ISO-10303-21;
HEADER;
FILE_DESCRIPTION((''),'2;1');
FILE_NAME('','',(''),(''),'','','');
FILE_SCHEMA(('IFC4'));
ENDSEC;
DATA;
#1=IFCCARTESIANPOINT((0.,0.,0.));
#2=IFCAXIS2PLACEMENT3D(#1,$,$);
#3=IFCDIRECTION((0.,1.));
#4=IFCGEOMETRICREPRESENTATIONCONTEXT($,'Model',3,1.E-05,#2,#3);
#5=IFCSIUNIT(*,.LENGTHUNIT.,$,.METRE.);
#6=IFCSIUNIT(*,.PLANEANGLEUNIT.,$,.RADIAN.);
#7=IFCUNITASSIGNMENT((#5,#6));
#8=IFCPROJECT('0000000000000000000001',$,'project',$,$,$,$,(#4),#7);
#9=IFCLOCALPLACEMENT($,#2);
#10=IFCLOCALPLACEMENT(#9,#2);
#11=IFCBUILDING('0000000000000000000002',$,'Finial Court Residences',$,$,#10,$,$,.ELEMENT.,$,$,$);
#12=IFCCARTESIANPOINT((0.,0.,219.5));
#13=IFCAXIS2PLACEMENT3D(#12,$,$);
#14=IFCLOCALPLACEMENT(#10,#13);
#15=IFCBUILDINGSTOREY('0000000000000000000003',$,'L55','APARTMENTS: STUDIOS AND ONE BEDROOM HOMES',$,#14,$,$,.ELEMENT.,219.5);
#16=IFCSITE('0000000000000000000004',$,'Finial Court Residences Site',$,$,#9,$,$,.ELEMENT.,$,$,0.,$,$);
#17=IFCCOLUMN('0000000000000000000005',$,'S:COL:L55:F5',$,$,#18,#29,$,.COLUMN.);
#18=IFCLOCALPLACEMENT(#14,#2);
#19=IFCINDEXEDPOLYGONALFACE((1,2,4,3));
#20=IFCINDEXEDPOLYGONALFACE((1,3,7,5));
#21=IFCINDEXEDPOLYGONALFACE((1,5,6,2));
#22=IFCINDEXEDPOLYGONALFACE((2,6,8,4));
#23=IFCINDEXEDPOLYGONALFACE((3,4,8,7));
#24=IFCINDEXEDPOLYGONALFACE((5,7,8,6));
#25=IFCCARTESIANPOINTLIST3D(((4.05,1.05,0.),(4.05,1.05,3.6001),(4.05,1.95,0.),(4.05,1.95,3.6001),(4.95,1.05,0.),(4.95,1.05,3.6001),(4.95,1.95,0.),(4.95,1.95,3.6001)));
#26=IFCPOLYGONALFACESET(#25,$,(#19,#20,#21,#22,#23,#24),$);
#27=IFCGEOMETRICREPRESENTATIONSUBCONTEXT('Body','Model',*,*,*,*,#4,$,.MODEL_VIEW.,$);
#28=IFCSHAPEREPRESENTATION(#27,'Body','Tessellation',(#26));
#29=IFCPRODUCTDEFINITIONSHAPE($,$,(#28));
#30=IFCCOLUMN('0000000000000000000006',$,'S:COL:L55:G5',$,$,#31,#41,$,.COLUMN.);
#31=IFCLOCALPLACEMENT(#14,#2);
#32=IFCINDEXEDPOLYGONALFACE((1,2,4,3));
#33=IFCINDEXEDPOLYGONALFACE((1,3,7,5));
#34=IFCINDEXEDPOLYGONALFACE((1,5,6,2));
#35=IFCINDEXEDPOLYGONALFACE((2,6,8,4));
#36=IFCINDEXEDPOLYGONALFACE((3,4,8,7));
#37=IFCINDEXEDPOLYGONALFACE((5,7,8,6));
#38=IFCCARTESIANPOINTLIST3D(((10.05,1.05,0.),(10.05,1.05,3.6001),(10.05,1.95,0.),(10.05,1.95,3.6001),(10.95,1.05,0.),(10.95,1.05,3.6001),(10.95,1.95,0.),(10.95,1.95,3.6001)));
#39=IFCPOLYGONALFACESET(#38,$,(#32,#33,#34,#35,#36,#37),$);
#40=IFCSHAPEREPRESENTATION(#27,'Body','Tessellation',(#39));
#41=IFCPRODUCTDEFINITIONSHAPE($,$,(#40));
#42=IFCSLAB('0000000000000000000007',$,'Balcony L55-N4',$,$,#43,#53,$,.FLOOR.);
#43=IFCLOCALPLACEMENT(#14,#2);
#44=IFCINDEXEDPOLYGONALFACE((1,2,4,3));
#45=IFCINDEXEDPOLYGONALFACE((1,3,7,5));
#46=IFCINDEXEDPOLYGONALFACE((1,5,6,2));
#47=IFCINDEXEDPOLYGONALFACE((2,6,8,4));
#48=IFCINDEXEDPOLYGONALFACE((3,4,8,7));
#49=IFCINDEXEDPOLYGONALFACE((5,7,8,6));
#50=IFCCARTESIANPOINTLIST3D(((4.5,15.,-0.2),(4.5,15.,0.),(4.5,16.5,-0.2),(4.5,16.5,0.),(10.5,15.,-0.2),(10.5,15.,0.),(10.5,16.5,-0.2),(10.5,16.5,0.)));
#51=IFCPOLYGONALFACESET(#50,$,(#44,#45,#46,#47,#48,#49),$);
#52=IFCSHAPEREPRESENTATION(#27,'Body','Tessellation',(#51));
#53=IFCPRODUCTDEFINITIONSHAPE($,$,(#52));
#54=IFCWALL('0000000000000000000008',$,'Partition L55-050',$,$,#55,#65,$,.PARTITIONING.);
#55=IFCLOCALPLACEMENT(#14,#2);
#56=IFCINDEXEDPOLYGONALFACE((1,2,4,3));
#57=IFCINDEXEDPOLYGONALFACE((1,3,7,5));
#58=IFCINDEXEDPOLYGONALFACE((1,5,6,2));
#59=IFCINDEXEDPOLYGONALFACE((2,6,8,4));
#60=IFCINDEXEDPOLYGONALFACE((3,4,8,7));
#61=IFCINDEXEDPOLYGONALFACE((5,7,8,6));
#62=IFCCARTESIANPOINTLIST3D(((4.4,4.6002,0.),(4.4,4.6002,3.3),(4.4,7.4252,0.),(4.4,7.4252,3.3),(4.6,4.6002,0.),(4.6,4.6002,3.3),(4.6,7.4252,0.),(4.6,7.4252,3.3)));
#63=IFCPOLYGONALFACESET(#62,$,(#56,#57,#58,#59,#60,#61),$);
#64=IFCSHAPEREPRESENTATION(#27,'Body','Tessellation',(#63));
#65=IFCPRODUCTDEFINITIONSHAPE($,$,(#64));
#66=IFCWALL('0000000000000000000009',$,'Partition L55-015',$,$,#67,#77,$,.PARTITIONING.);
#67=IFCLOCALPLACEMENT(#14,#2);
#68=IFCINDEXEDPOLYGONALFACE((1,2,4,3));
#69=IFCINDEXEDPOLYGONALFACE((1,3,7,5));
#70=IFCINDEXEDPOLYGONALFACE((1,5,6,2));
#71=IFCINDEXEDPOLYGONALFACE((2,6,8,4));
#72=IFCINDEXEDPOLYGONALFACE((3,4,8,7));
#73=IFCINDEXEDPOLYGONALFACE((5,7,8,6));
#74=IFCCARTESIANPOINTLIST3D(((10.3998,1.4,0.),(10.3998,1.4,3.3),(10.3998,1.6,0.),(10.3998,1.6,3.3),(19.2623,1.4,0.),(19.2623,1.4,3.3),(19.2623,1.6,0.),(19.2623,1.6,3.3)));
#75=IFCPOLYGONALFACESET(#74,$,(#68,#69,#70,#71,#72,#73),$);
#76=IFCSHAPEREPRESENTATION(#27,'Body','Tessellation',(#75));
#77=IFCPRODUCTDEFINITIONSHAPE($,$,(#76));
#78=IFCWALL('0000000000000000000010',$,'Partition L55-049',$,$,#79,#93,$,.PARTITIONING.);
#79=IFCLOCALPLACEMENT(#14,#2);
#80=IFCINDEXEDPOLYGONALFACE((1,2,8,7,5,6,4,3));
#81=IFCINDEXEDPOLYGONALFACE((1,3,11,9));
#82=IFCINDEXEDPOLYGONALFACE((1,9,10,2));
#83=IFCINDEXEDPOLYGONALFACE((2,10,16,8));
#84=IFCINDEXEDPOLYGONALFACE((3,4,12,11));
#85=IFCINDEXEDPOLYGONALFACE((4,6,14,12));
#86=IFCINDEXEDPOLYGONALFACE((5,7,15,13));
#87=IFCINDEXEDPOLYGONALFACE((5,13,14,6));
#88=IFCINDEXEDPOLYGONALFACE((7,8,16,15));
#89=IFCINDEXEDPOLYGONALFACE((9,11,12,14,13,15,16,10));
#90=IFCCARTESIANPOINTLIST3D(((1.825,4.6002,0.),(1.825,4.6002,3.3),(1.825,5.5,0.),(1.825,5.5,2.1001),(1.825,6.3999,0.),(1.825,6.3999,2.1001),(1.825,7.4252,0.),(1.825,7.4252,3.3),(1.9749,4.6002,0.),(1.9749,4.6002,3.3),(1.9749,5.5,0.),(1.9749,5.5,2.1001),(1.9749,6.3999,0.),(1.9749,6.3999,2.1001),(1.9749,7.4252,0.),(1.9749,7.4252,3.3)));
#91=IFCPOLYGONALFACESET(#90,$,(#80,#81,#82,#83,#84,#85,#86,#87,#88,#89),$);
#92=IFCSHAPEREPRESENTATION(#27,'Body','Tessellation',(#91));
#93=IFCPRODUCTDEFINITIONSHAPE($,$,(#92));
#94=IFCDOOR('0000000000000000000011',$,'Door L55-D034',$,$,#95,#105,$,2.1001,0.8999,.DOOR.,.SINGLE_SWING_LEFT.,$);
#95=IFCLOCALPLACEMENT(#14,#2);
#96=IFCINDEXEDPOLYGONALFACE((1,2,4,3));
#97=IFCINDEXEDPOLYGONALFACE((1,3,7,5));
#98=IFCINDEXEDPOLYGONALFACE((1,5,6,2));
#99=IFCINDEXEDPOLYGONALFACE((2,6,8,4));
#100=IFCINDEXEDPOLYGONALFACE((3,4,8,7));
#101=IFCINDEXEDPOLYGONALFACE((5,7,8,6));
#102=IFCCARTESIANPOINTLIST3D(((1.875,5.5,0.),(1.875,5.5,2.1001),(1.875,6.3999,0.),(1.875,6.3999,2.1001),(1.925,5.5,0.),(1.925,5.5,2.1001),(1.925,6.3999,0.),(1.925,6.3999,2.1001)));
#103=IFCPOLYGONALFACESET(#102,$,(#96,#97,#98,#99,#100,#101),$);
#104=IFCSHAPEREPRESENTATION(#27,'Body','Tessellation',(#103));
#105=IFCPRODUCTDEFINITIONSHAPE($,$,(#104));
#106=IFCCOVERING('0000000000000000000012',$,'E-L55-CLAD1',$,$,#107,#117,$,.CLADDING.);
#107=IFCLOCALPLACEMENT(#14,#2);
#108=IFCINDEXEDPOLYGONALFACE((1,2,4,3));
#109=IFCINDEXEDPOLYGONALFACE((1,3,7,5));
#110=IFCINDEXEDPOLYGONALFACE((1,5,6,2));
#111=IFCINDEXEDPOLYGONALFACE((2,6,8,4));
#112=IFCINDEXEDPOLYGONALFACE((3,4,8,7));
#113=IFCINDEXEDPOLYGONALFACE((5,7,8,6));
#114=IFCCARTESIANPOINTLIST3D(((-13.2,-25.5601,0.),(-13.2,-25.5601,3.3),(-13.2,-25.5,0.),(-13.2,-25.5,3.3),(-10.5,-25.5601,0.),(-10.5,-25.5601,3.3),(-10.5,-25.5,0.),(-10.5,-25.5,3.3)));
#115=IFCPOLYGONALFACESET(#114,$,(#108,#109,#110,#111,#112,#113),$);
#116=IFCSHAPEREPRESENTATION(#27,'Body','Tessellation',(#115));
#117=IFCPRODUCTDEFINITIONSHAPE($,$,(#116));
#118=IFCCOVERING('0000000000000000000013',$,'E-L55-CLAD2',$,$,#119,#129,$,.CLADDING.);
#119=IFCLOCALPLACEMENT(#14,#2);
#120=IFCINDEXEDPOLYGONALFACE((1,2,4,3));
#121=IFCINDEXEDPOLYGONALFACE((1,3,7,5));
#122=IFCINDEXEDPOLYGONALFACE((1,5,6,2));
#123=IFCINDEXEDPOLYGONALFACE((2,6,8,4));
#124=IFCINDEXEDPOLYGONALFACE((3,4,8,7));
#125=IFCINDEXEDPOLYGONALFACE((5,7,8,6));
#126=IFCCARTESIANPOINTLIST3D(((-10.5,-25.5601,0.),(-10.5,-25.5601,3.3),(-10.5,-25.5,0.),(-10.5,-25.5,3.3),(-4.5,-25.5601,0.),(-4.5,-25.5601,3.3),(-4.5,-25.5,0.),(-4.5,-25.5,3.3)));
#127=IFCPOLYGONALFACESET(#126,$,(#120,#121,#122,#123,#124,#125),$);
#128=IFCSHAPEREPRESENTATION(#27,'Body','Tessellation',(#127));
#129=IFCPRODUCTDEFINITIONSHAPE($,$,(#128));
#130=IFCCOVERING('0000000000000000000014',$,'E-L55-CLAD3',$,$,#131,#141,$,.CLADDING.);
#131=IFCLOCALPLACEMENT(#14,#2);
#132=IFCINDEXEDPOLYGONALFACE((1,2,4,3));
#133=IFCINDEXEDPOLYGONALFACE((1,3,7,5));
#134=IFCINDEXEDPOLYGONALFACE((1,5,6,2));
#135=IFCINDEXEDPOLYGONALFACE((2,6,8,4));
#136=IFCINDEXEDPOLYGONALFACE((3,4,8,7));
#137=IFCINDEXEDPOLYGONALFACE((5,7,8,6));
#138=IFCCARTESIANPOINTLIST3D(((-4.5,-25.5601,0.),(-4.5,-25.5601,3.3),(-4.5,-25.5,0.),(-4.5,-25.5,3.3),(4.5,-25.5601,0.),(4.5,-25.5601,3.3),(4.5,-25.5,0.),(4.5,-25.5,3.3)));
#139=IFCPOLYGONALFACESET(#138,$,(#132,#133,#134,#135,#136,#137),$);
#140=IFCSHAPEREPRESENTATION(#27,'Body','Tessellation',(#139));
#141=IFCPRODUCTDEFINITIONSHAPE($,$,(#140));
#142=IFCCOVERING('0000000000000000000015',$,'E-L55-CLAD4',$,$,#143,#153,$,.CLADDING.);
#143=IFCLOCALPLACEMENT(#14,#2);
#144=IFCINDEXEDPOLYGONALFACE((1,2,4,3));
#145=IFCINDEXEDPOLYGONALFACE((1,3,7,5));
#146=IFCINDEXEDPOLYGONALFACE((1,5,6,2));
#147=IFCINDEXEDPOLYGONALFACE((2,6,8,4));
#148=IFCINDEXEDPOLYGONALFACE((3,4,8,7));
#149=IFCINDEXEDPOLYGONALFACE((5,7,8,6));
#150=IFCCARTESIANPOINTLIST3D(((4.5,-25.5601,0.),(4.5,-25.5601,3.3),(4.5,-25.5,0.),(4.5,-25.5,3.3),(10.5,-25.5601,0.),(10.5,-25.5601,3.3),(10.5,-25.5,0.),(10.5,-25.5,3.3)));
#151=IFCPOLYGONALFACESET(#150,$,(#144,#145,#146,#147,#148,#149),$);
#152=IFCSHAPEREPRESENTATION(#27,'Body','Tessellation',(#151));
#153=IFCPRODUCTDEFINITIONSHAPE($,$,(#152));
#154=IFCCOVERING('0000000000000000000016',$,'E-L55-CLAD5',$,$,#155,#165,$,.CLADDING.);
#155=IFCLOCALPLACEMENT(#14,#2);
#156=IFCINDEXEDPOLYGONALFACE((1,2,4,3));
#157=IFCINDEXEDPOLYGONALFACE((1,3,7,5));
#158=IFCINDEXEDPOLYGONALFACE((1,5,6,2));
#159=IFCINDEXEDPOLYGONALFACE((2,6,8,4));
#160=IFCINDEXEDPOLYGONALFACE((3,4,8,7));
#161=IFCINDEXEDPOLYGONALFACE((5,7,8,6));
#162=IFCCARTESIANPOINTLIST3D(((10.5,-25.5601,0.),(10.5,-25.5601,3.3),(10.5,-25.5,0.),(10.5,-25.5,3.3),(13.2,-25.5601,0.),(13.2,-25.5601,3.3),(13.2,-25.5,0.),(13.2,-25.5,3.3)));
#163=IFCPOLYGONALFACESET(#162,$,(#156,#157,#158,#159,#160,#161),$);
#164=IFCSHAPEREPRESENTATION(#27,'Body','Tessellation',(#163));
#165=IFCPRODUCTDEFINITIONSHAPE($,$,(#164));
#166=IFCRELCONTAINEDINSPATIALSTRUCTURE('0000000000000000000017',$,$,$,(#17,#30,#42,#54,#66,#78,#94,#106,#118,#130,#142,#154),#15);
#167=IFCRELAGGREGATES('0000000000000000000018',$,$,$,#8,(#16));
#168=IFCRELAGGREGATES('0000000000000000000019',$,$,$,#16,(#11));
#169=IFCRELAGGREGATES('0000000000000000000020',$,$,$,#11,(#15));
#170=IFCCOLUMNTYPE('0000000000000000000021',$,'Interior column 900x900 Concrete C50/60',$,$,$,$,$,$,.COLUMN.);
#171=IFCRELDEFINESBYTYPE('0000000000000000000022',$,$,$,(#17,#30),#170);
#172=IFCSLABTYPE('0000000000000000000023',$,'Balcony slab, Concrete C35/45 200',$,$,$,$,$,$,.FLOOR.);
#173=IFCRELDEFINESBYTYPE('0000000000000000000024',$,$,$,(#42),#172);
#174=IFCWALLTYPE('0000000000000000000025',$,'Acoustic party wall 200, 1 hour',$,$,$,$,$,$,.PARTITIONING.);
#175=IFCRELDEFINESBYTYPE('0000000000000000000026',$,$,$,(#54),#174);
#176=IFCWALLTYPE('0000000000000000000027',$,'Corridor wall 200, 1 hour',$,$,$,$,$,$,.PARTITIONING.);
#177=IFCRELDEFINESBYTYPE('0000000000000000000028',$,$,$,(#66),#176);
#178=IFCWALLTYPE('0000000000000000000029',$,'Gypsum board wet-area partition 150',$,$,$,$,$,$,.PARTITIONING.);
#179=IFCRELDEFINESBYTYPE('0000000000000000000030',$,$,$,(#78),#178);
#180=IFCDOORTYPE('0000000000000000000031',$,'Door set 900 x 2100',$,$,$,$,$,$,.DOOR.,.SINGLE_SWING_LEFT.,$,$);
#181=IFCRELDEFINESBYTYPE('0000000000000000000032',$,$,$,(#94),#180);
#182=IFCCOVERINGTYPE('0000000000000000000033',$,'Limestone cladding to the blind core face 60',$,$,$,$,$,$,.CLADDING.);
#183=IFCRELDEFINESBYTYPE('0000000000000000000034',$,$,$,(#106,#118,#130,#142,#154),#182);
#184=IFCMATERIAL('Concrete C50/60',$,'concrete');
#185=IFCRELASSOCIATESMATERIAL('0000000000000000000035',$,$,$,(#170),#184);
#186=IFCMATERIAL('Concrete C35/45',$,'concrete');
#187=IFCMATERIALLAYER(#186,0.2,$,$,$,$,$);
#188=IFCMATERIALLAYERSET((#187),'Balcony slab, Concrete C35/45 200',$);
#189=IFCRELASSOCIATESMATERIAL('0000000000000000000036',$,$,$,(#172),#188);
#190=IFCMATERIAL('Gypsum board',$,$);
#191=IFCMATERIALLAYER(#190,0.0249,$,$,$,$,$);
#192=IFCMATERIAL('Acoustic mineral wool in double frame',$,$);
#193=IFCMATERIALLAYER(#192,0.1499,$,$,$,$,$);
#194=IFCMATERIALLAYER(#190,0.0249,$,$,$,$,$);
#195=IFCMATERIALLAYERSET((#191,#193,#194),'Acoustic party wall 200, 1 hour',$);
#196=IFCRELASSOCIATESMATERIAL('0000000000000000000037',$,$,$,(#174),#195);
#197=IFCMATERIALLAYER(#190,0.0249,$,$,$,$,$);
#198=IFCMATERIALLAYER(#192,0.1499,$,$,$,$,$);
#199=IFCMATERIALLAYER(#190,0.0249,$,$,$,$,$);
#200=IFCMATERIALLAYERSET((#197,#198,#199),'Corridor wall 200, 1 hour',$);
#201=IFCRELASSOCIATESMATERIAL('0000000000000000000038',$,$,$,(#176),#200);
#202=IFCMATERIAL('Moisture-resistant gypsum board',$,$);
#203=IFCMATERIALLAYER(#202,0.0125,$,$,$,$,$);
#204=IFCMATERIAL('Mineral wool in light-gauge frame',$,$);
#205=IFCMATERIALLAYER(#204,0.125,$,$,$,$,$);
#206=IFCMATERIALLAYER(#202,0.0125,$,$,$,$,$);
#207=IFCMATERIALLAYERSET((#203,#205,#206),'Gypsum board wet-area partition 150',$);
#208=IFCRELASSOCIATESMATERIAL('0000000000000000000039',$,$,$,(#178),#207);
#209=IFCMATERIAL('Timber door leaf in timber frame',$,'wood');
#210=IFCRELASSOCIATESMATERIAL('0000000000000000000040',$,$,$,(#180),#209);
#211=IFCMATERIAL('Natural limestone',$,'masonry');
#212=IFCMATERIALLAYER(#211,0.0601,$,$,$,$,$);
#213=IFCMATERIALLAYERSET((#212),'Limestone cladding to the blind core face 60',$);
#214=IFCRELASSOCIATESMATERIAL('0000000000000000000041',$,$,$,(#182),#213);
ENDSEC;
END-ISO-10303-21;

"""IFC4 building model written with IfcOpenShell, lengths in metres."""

from ifc_helpers import new_model, si_unit, direction, frame, frame_2d, origin, origin_2d, place, context, subcontext, project, spatial, polyline, rectangle, outline, extrude, material, layer, layer_set, material_profile, profile_set, type_object, element, fill, save


model = new_model("IFC4")

# Units and contexts
model_context = context("Model", 3, precision=1e-05, world=origin(), true_north=direction((0.0, 1.0)))
body_context = subcontext(model_context, "Body", "Model", "MODEL_VIEW")
ifc_project = project(units=[si_unit("LENGTHUNIT", "METRE"), si_unit("PLANEANGLEUNIT", "RADIAN")], contexts=[model_context])

# Site, building, storey
site_placement = place(None, origin())
site = spatial("IfcSite", under=ifc_project, at=site_placement, Name="Finial Court Residences Site", CompositionType="ELEMENT", RefElevation=0.0)
building_placement = place(site_placement, origin())
building = spatial("IfcBuilding", under=site, at=building_placement, Name="Finial Court Residences", CompositionType="ELEMENT")
storey_placement = place(building_placement, frame((0.0, 0.0, 219.5)))
storey = spatial("IfcBuildingStorey", under=building, at=storey_placement, Name="L55", Description="APARTMENTS: STUDIOS AND ONE BEDROOM HOMES", CompositionType="ELEMENT", Elevation=219.5)

# Columns
ifc_material_1 = material(Name="Concrete C50/60", Category="concrete")
ifc_material_profile = material_profile(ifc_material_1, rectangle(XDim=0.8999, YDim=0.8999, at=origin_2d()), Name="900x900")
ifc_profile_set = profile_set([ifc_material_profile], Name="Concrete C50/60")
column_type = type_object("IfcColumnType", Name="Interior column 900x900 Concrete C50/60", PredefinedType="COLUMN", material=ifc_profile_set)
for number, where, z_axis, x_axis, name in (
    (1, (4.5, 1.5, 0.0), (0.0, 0.0, 1.0), (1.0, 0.0, 0.0), "S:COL:L55:F5"),
    (2, (10.5, 1.5, 0.0), (0.0, 0.0, 1.0), (1.0, 0.0, 0.0), "S:COL:L55:G5"),
):
    element("IfcColumn", number, at=place(storey_placement, frame(where, z_axis=z_axis, x_axis=x_axis)), inside=storey, type_object=column_type, Name=name, PredefinedType="COLUMN", context=body_context, shape_type="SweptSolid", body=[
        extrude(rectangle(XDim=0.8999, YDim=0.8999, at=origin_2d()), origin(), (0.0, 0.0, 1.0), 3.6001),
    ])

# Slab
ifc_material_2 = material(Name="Concrete C35/45", Category="concrete")
ifc_layer_1 = layer(ifc_material_2, 0.2)
ifc_layer_set_1 = layer_set([ifc_layer_1], Name="Balcony slab, Concrete C35/45 200")
slab_type = type_object("IfcSlabType", Name="Balcony slab, Concrete C35/45 200", PredefinedType="FLOOR", material=ifc_layer_set_1)
slab_placement = place(storey_placement, frame((0.0, 0.0, -0.2)))
element("IfcSlab", 3, at=slab_placement, inside=storey, type_object=slab_type, Name="Balcony L55-N4", PredefinedType="FLOOR", context=body_context, shape_type="SweptSolid", body=[
    extrude(outline(polyline([(10.5, 15.0), (10.5, 16.5), (4.5, 16.5), (4.5, 15.0), (10.5, 15.0)])), origin(), (0.0, 0.0, 1.0), 0.2),
])

# Walls
ifc_material_3 = material(Name="Gypsum board")
ifc_layer_2 = layer(ifc_material_3, 0.0249)
ifc_material_4 = material(Name="Acoustic mineral wool in double frame")
ifc_layer_3 = layer(ifc_material_4, 0.1499)
ifc_layer_4 = layer(ifc_material_3, 0.0249)
ifc_layer_set_2 = layer_set([ifc_layer_2, ifc_layer_3, ifc_layer_4], Name="Acoustic party wall 200, 1 hour")
wall_type_1 = type_object("IfcWallType", Name="Acoustic party wall 200, 1 hour", PredefinedType="PARTITIONING", material=ifc_layer_set_2)
wall_1_placement = place(storey_placement, frame((4.5, 4.6001, 0.0), z_axis=(0.0, 0.0, 1.0), x_axis=(0.0, 1.0, 0.0)))
element("IfcWall", 4, at=wall_1_placement, inside=storey, type_object=wall_type_1, Name="Partition L55-050", PredefinedType="PARTITIONING", context=body_context, shape_type="SweptSolid", body=[
    extrude(rectangle(XDim=2.825, YDim=0.2, at=frame_2d((1.4126, 0.0))), origin(), (0.0, 0.0, 1.0), 3.3),
])
ifc_layer_5 = layer(ifc_material_3, 0.0249)
ifc_layer_6 = layer(ifc_material_4, 0.1499)
ifc_layer_7 = layer(ifc_material_3, 0.0249)
ifc_layer_set_3 = layer_set([ifc_layer_5, ifc_layer_6, ifc_layer_7], Name="Corridor wall 200, 1 hour")
wall_type_2 = type_object("IfcWallType", Name="Corridor wall 200, 1 hour", PredefinedType="PARTITIONING", material=ifc_layer_set_3)
wall_2_placement = place(storey_placement, frame((10.3999, 1.5, 0.0), z_axis=(0.0, 0.0, 1.0), x_axis=(1.0, 0.0, 0.0)))
element("IfcWall", 5, at=wall_2_placement, inside=storey, type_object=wall_type_2, Name="Partition L55-015", PredefinedType="PARTITIONING", context=body_context, shape_type="SweptSolid", body=[
    extrude(rectangle(XDim=8.8625, YDim=0.2, at=frame_2d((4.4312, 0.0))), origin(), (0.0, 0.0, 1.0), 3.3),
])

# Wall, opening, door
ifc_material_5 = material(Name="Moisture-resistant gypsum board")
ifc_layer_8 = layer(ifc_material_5, 0.0125)
ifc_material_6 = material(Name="Mineral wool in light-gauge frame")
ifc_layer_9 = layer(ifc_material_6, 0.125)
ifc_layer_10 = layer(ifc_material_5, 0.0125)
ifc_layer_set_4 = layer_set([ifc_layer_8, ifc_layer_9, ifc_layer_10], Name="Gypsum board wet-area partition 150")
wall_type_3 = type_object("IfcWallType", Name="Gypsum board wet-area partition 150", PredefinedType="PARTITIONING", material=ifc_layer_set_4)
wall_3_placement = place(storey_placement, frame((1.8999, 4.6001, 0.0), z_axis=(0.0, 0.0, 1.0), x_axis=(0.0, 1.0, 0.0)))
wall_3 = element("IfcWall", 6, at=wall_3_placement, inside=storey, type_object=wall_type_3, Name="Partition L55-049", PredefinedType="PARTITIONING", context=body_context, shape_type="SweptSolid", body=[
    extrude(rectangle(XDim=2.825, YDim=0.1499, at=frame_2d((1.4126, 0.0))), origin(), (0.0, 0.0, 1.0), 3.3),
])
opening_placement = place(wall_3_placement, frame((0.8999, 0.0, 0.0)))
opening = element("IfcOpeningElement", 7, at=opening_placement, cuts=wall_3, PredefinedType="OPENING", context=body_context, shape_type="SweptSolid", body=[
    extrude(rectangle(XDim=0.8999, YDim=2.1001, at=frame_2d((0.45, 1.05))), frame((0.0, 0.085, 0.0), z_axis=(0.0, -1.0, 0.0), x_axis=(1.0, 0.0, 0.0)), (0.0, 0.0, 1.0), 0.1699),
])
ifc_material_7 = material(Name="Timber door leaf in timber frame", Category="wood")
door_type = type_object("IfcDoorType", Name="Door set 900 x 2100", OperationType="SINGLE_SWING_LEFT", PredefinedType="DOOR", material=ifc_material_7)
door_placement = place(opening_placement, origin())
door = element("IfcDoor", 8, at=door_placement, inside=storey, type_object=door_type, Name="Door L55-D034", OperationType="SINGLE_SWING_LEFT", OverallHeight=2.1001, OverallWidth=0.8999, PredefinedType="DOOR", context=body_context, shape_type="SweptSolid", body=[
    extrude(rectangle(XDim=0.8999, YDim=2.1001, at=frame_2d((0.45, 1.05))), frame((0.0, 0.0249, 0.0), z_axis=(0.0, -1.0, 0.0), x_axis=(1.0, 0.0, 0.0)), (0.0, 0.0, 1.0), 0.05),
])
fill(opening, door)

# Coverings
ifc_material_8 = material(Name="Natural limestone", Category="masonry")
ifc_layer_11 = layer(ifc_material_8, 0.0601)
ifc_layer_set_5 = layer_set([ifc_layer_11], Name="Limestone cladding to the blind core face 60")
covering_type_1 = type_object("IfcCoveringType", Name="Limestone cladding to the blind core face 60", PredefinedType="CLADDING", material=ifc_layer_set_5)
covering_1_placement = place(storey_placement, origin())
element("IfcCovering", 9, at=covering_1_placement, inside=storey, type_object=covering_type_1, Name="E-L55-CLAD1", PredefinedType="CLADDING", context=body_context, shape_type="SweptSolid", body=[
    extrude(outline(polyline([(-10.5, -25.5601), (-10.5, -25.5), (-13.2, -25.5), (-13.2, -25.5601), (-10.5, -25.5601)])), origin(), (0.0, 0.0, 1.0), 3.3),
])
covering_2_placement = place(storey_placement, origin())
element("IfcCovering", 10, at=covering_2_placement, inside=storey, type_object=covering_type_1, Name="E-L55-CLAD2", PredefinedType="CLADDING", context=body_context, shape_type="SweptSolid", body=[
    extrude(outline(polyline([(-4.5, -25.5601), (-4.5, -25.5), (-10.5, -25.5), (-10.5, -25.5601), (-4.5, -25.5601)])), origin(), (0.0, 0.0, 1.0), 3.3),
])
covering_3_placement = place(storey_placement, origin())
element("IfcCovering", 11, at=covering_3_placement, inside=storey, type_object=covering_type_1, Name="E-L55-CLAD3", PredefinedType="CLADDING", context=body_context, shape_type="SweptSolid", body=[
    extrude(outline(polyline([(4.5, -25.5601), (4.5, -25.5), (-4.5, -25.5), (-4.5, -25.5601), (4.5, -25.5601)])), origin(), (0.0, 0.0, 1.0), 3.3),
])
covering_4_placement = place(storey_placement, origin())
element("IfcCovering", 12, at=covering_4_placement, inside=storey, type_object=covering_type_1, Name="E-L55-CLAD4", PredefinedType="CLADDING", context=body_context, shape_type="SweptSolid", body=[
    extrude(outline(polyline([(10.5, -25.5601), (10.5, -25.5), (4.5, -25.5), (4.5, -25.5601), (10.5, -25.5601)])), origin(), (0.0, 0.0, 1.0), 3.3),
])
covering_5_placement = place(storey_placement, origin())
element("IfcCovering", 13, at=covering_5_placement, inside=storey, type_object=covering_type_1, Name="E-L55-CLAD5", PredefinedType="CLADDING", context=body_context, shape_type="SweptSolid", body=[
    extrude(outline(polyline([(13.2, -25.5601), (13.2, -25.5), (10.5, -25.5), (10.5, -25.5601), (13.2, -25.5601)])), origin(), (0.0, 0.0, 1.0), 3.3),
])

save(model, "model.ifc")
